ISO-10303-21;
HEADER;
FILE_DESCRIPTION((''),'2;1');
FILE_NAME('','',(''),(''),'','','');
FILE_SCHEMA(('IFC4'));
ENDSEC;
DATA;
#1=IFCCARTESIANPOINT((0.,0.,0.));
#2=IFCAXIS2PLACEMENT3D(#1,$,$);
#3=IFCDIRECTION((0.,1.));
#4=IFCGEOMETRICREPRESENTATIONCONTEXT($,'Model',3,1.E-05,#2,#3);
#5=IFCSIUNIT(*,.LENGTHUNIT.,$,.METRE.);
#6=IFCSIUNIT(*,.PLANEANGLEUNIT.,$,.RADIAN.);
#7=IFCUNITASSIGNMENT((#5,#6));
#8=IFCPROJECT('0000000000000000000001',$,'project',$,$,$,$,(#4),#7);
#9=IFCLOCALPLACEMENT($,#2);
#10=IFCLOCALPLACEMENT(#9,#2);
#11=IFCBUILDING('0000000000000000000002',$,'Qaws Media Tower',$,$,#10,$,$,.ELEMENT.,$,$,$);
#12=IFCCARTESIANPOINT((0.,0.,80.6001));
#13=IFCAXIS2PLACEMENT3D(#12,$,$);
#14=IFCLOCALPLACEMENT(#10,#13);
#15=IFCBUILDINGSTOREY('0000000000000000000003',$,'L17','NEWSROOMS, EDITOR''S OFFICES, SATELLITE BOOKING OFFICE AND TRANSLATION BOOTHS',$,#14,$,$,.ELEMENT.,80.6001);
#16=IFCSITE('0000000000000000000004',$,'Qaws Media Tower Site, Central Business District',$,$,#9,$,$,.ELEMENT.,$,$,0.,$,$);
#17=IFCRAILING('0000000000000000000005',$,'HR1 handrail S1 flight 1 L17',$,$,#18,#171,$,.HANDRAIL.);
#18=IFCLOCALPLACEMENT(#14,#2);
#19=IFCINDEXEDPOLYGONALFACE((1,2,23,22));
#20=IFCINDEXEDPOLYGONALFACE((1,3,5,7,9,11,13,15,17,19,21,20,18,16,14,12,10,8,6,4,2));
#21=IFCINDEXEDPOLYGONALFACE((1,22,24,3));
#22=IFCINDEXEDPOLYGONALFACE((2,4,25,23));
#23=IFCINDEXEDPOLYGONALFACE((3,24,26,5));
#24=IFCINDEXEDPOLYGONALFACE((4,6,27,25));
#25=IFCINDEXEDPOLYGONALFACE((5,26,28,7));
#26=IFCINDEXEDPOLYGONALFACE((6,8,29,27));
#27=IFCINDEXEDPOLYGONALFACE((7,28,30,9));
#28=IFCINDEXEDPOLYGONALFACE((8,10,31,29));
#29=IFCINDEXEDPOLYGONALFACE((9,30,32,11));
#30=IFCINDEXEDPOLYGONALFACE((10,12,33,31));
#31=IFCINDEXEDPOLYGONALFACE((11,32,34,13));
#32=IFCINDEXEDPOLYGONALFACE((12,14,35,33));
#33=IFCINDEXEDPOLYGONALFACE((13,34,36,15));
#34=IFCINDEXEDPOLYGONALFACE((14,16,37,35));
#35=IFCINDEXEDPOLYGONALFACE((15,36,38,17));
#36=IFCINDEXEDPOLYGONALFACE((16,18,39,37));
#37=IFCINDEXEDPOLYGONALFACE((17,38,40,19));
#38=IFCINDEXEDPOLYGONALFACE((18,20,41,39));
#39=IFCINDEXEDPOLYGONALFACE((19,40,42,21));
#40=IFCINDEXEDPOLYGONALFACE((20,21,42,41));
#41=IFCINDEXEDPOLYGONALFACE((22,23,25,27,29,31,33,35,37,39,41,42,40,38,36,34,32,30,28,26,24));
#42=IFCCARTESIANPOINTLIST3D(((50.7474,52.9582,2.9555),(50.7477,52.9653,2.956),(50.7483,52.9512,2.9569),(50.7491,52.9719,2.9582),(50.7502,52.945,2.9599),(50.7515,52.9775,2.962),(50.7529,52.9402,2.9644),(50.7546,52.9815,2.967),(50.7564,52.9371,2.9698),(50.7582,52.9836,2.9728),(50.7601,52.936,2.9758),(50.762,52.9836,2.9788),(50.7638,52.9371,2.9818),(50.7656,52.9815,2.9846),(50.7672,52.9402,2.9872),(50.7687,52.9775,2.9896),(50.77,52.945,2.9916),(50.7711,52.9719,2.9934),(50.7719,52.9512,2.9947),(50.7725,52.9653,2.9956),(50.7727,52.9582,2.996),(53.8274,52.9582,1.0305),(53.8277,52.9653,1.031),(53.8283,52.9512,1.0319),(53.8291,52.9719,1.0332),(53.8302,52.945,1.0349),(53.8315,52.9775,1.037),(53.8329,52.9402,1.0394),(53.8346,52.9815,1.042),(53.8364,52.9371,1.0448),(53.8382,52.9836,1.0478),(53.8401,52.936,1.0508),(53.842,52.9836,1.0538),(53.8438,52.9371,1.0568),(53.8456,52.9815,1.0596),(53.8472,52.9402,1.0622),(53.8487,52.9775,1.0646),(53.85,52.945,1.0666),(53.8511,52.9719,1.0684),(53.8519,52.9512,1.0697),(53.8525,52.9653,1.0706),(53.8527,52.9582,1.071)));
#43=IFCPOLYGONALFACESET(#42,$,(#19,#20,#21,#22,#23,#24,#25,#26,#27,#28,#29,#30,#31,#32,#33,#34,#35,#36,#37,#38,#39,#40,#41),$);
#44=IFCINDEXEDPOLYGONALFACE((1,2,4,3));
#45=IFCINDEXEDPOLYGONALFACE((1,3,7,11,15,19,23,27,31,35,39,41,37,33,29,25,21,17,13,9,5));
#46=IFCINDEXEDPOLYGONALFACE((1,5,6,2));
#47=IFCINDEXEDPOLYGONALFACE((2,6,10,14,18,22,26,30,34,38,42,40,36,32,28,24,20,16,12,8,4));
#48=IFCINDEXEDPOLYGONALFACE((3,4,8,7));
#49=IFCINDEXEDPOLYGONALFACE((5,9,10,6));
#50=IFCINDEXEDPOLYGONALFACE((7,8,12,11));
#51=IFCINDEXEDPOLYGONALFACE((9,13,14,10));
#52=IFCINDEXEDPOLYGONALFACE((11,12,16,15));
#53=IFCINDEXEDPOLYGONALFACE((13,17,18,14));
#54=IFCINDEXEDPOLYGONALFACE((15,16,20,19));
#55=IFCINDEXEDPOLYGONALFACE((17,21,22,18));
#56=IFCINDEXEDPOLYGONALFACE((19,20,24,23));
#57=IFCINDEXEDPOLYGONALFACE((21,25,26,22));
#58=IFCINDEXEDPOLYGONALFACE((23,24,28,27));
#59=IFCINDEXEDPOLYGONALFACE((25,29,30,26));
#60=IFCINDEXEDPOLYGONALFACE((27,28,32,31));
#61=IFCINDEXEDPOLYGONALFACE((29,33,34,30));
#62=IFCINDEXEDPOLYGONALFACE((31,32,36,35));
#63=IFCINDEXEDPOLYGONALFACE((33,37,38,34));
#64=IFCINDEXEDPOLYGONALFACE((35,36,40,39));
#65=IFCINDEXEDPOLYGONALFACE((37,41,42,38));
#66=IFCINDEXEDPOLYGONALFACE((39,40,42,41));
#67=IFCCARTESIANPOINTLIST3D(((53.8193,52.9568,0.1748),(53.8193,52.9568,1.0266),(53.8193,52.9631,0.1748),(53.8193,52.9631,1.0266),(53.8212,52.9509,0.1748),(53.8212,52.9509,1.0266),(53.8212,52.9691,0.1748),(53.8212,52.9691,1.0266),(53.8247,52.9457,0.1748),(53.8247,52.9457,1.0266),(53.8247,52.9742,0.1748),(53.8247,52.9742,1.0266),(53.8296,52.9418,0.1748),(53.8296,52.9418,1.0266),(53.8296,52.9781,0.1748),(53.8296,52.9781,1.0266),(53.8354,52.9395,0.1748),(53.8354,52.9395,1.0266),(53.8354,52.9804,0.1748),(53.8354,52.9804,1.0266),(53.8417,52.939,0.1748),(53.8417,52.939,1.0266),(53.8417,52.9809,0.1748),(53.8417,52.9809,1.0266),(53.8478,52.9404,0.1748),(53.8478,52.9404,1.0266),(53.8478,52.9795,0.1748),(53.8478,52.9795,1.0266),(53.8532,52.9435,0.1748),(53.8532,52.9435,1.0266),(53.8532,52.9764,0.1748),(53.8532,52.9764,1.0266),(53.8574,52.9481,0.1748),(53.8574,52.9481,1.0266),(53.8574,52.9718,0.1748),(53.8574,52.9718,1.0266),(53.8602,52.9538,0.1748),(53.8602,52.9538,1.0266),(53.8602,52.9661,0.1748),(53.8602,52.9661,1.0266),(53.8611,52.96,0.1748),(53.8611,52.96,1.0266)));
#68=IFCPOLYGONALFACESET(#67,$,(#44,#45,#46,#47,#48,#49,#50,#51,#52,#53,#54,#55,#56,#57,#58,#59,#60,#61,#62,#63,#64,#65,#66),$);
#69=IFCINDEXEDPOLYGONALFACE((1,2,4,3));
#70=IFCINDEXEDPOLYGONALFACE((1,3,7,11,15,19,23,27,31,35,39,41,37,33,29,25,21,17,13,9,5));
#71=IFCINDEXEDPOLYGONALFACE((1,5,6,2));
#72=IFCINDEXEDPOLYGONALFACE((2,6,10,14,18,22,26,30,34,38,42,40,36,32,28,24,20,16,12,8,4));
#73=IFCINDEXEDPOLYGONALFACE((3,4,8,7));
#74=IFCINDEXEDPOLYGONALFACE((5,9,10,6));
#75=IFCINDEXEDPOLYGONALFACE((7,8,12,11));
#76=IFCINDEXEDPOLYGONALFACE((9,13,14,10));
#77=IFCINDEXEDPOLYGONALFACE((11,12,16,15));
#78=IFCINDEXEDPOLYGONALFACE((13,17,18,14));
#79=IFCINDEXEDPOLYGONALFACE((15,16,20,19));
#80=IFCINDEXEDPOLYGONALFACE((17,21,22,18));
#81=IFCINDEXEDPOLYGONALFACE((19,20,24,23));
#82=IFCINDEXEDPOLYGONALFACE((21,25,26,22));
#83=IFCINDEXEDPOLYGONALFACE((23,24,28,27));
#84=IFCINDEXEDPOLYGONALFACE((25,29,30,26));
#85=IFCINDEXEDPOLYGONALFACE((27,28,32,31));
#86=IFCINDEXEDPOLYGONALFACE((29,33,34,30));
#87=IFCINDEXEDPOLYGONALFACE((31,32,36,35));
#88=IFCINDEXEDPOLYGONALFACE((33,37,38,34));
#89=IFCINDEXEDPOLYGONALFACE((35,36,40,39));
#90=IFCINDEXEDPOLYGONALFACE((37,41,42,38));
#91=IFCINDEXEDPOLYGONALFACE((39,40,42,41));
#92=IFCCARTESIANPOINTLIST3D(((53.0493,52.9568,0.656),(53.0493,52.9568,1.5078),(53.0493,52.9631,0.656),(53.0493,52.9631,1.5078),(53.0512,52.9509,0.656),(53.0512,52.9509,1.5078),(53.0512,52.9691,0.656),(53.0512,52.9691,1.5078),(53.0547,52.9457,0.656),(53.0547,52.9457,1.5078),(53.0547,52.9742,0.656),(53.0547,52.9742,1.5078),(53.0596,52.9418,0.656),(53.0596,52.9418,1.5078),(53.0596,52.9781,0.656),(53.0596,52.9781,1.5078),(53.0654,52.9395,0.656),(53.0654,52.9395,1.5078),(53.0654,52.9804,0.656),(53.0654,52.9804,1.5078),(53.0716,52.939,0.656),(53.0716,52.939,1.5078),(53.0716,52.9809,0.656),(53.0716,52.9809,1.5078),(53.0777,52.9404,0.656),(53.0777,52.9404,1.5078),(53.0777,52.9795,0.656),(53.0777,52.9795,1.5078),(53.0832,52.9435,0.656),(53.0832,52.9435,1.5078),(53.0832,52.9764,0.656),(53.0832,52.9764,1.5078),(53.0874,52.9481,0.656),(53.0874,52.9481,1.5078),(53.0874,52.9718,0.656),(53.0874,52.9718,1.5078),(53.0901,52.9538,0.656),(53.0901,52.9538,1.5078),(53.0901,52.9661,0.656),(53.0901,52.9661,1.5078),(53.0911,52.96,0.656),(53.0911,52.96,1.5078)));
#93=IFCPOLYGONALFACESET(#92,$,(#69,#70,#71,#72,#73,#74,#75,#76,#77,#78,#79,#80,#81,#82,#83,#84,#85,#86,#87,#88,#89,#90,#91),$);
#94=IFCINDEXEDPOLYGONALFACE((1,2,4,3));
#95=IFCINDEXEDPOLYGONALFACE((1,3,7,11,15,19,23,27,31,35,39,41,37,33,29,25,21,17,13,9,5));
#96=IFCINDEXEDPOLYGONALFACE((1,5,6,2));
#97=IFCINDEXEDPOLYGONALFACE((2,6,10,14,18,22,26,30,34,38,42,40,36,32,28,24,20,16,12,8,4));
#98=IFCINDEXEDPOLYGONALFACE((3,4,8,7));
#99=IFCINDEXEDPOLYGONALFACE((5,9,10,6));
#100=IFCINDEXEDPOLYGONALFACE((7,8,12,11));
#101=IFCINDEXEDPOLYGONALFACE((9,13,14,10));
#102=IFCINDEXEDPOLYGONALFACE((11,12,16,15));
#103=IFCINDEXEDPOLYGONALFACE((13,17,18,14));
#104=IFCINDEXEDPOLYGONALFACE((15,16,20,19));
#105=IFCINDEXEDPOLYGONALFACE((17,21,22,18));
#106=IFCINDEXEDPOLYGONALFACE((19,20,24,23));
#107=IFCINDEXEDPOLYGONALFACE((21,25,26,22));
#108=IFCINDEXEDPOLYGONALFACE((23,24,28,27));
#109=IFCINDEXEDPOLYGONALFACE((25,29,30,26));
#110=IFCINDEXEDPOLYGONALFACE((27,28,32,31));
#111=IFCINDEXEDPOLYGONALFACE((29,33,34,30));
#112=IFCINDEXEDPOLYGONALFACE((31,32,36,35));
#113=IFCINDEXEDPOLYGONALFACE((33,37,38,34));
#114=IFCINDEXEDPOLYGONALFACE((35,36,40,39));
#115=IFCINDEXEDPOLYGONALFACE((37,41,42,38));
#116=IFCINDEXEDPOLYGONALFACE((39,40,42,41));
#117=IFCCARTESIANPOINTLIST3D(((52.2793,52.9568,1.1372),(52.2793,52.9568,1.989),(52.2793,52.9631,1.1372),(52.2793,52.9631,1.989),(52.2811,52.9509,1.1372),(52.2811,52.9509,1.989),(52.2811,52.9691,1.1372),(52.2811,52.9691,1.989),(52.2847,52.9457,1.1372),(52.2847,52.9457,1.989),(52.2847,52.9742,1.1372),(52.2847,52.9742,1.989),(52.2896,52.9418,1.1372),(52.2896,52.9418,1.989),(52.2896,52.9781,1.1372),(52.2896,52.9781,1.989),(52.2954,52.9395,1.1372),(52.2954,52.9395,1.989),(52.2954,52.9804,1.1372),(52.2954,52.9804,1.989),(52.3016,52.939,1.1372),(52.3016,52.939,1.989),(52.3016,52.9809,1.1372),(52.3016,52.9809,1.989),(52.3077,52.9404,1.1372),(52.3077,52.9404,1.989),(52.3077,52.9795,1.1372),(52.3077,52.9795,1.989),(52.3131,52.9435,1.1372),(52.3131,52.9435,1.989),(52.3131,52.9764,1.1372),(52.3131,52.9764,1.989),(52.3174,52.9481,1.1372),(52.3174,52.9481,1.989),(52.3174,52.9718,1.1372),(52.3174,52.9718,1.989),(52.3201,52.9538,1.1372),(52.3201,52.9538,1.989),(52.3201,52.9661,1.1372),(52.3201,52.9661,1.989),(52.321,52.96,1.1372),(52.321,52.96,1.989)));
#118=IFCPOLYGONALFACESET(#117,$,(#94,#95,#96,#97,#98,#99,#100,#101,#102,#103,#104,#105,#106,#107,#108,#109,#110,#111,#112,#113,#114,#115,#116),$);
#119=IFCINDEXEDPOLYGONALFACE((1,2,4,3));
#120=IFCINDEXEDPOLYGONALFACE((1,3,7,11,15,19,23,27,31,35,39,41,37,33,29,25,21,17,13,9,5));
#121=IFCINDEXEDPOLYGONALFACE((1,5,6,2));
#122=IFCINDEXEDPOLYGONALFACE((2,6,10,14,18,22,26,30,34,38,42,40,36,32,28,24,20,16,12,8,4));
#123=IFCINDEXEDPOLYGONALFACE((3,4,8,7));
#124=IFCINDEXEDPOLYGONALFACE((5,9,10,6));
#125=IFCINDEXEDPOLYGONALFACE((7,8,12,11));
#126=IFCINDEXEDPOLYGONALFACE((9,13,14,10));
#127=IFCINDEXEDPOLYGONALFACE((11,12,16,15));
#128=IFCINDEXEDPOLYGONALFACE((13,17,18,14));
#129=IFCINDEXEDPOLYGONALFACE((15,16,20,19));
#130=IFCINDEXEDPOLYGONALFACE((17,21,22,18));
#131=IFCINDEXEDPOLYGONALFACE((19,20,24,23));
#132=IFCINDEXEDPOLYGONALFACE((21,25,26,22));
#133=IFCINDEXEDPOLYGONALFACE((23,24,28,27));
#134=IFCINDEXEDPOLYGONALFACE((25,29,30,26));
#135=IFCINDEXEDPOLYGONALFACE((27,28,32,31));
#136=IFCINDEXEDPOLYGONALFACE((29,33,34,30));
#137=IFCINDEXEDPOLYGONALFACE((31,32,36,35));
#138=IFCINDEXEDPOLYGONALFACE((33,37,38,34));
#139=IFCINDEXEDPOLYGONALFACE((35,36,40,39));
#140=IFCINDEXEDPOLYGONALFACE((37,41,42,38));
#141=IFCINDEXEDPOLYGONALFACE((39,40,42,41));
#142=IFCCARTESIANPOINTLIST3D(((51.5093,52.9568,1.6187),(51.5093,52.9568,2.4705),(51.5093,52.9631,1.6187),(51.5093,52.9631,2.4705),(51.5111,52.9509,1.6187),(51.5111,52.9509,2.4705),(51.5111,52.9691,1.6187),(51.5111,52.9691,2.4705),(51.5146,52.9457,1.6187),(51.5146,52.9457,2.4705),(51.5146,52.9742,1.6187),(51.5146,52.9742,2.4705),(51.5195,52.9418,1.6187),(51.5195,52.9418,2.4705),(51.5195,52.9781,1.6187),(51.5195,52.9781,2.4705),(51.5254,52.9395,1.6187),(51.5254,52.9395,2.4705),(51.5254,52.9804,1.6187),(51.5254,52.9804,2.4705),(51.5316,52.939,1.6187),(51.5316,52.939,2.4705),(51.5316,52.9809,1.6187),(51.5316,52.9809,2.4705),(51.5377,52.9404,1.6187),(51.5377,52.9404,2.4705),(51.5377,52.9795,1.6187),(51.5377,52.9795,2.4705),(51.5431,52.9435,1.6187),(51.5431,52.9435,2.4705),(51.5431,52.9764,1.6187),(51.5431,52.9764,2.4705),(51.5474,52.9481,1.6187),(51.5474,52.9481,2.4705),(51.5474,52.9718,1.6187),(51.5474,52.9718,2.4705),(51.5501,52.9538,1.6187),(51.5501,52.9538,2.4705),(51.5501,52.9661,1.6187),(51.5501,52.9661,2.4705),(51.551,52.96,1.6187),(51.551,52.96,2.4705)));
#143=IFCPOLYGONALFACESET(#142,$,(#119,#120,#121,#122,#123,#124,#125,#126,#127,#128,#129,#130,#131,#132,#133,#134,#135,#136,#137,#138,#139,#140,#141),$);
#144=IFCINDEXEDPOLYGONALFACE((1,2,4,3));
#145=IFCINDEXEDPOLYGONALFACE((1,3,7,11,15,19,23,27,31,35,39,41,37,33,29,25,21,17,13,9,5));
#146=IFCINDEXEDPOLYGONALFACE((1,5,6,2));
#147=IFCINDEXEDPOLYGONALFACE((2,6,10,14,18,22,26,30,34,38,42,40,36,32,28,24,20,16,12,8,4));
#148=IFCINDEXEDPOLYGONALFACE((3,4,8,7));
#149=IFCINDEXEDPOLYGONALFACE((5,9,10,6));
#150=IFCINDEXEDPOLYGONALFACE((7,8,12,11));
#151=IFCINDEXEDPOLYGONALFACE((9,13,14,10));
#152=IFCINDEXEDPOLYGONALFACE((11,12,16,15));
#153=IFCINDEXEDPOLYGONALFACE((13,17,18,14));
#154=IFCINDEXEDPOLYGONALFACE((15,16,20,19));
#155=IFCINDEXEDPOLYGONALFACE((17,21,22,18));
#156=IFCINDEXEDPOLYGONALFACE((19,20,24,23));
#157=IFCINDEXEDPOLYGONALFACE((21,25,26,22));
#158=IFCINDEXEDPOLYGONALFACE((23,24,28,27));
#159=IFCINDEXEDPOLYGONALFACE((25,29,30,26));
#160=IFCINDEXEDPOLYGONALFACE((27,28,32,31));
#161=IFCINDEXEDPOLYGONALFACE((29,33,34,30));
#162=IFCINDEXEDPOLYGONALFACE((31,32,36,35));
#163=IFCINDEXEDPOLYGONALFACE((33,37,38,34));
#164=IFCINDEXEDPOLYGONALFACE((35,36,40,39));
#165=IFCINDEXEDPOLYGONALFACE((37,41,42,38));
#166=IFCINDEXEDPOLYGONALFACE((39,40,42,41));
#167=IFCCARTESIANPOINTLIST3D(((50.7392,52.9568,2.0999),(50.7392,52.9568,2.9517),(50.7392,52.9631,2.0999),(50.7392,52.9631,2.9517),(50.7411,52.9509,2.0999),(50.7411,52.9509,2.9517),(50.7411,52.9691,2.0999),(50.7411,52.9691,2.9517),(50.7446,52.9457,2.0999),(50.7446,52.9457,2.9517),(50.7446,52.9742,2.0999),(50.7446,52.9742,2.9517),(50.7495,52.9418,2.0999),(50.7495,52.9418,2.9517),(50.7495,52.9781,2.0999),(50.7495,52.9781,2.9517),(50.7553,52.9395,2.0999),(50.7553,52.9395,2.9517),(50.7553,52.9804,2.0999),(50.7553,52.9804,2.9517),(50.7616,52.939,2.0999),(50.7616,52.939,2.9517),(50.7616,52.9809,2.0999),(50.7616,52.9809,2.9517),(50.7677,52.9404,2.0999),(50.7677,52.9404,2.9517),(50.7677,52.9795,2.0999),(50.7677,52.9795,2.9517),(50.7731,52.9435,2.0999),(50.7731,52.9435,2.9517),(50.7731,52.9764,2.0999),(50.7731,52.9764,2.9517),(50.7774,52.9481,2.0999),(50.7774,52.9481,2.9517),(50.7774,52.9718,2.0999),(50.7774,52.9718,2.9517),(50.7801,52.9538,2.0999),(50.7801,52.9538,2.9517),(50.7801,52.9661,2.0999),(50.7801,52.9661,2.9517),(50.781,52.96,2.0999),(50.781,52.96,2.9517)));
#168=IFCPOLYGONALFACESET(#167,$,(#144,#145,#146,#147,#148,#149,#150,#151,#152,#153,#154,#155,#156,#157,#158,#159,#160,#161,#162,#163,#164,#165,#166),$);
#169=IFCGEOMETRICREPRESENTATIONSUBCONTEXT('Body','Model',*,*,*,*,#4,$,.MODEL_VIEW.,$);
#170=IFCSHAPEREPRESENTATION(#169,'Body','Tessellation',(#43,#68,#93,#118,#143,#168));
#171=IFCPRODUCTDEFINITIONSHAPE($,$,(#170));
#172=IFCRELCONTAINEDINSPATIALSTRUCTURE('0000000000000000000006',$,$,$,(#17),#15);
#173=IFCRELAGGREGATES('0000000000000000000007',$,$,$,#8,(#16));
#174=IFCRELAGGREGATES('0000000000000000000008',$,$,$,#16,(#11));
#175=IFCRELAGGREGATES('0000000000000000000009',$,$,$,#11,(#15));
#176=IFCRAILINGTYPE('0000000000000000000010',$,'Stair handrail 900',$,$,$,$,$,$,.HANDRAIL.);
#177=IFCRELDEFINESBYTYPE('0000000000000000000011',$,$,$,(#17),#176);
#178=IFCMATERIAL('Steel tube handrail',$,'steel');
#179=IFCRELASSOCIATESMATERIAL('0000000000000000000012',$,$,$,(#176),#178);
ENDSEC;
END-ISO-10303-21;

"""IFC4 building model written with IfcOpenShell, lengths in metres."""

from ifc_helpers import new_model, si_unit, direction, frame, origin, origin_2d, place, context, subcontext, project, spatial, circle, extrude, material, type_object, element, save


model = new_model("IFC4")

# Units and contexts
model_context = context("Model", 3, precision=1e-05, world=origin(), true_north=direction((0.0, 1.0)))
body_context = subcontext(model_context, "Body", "Model", "MODEL_VIEW")
ifc_project = project(units=[si_unit("LENGTHUNIT", "METRE"), si_unit("PLANEANGLEUNIT", "RADIAN")], contexts=[model_context])

# Site, building, storey
site_placement = place(None, origin())
site = spatial("IfcSite", under=ifc_project, at=site_placement, Name="Qaws Media Tower Site, Central Business District", CompositionType="ELEMENT", RefElevation=0.0)
building_placement = place(site_placement, origin())
building = spatial("IfcBuilding", under=site, at=building_placement, Name="Qaws Media Tower", CompositionType="ELEMENT")
storey_placement = place(building_placement, frame((0.0, 0.0, 80.6001)))
storey = spatial("IfcBuildingStorey", under=building, at=storey_placement, Name="L17", Description="NEWSROOMS, EDITOR'S OFFICES, SATELLITE BOOKING OFFICE AND TRANSLATION BOOTHS", CompositionType="ELEMENT", Elevation=80.6001)

# Railing
ifc_material_1 = material(Name="Steel tube handrail", Category="steel")
railing_type = type_object("IfcRailingType", Name="Stair handrail 900", PredefinedType="HANDRAIL", material=ifc_material_1)
for number, where, name in (
    (1, (53.8401, 52.96, 0.1748), "HR1 handrail S1 flight 1 L17"),
):
    element("IfcRailing", number, at=place(storey_placement, frame(where)), inside=storey, type_object=railing_type, Name=name, PredefinedType="HANDRAIL", context=body_context, shape_type="SweptSolid", body=[
        extrude(circle(Radius=0.0239, at=origin_2d()), frame((0.0, 0.0, 0.876), z_axis=(-0.847998, 0.0, 0.529999), x_axis=(0.0, -1.0, 0.0)), (0.0, 0.0, 1.0), 3.6321),
        extrude(circle(Radius=0.021, at=origin_2d()), origin(), (0.0, 0.0, 1.0), 0.8518),
        extrude(circle(Radius=0.021, at=origin_2d()), frame((-0.77, 0.0, 0.4812)), (0.0, 0.0, 1.0), 0.8518),
        extrude(circle(Radius=0.021, at=origin_2d()), frame((-1.54, 0.0, 0.9624)), (0.0, 0.0, 1.0), 0.8518),
        extrude(circle(Radius=0.021, at=origin_2d()), frame((-2.3101, 0.0, 1.4438)), (0.0, 0.0, 1.0), 0.8518),
        extrude(circle(Radius=0.021, at=origin_2d()), frame((-3.0801, 0.0, 1.925)), (0.0, 0.0, 1.0), 0.8518),
    ])

save(model, "model.ifc")
